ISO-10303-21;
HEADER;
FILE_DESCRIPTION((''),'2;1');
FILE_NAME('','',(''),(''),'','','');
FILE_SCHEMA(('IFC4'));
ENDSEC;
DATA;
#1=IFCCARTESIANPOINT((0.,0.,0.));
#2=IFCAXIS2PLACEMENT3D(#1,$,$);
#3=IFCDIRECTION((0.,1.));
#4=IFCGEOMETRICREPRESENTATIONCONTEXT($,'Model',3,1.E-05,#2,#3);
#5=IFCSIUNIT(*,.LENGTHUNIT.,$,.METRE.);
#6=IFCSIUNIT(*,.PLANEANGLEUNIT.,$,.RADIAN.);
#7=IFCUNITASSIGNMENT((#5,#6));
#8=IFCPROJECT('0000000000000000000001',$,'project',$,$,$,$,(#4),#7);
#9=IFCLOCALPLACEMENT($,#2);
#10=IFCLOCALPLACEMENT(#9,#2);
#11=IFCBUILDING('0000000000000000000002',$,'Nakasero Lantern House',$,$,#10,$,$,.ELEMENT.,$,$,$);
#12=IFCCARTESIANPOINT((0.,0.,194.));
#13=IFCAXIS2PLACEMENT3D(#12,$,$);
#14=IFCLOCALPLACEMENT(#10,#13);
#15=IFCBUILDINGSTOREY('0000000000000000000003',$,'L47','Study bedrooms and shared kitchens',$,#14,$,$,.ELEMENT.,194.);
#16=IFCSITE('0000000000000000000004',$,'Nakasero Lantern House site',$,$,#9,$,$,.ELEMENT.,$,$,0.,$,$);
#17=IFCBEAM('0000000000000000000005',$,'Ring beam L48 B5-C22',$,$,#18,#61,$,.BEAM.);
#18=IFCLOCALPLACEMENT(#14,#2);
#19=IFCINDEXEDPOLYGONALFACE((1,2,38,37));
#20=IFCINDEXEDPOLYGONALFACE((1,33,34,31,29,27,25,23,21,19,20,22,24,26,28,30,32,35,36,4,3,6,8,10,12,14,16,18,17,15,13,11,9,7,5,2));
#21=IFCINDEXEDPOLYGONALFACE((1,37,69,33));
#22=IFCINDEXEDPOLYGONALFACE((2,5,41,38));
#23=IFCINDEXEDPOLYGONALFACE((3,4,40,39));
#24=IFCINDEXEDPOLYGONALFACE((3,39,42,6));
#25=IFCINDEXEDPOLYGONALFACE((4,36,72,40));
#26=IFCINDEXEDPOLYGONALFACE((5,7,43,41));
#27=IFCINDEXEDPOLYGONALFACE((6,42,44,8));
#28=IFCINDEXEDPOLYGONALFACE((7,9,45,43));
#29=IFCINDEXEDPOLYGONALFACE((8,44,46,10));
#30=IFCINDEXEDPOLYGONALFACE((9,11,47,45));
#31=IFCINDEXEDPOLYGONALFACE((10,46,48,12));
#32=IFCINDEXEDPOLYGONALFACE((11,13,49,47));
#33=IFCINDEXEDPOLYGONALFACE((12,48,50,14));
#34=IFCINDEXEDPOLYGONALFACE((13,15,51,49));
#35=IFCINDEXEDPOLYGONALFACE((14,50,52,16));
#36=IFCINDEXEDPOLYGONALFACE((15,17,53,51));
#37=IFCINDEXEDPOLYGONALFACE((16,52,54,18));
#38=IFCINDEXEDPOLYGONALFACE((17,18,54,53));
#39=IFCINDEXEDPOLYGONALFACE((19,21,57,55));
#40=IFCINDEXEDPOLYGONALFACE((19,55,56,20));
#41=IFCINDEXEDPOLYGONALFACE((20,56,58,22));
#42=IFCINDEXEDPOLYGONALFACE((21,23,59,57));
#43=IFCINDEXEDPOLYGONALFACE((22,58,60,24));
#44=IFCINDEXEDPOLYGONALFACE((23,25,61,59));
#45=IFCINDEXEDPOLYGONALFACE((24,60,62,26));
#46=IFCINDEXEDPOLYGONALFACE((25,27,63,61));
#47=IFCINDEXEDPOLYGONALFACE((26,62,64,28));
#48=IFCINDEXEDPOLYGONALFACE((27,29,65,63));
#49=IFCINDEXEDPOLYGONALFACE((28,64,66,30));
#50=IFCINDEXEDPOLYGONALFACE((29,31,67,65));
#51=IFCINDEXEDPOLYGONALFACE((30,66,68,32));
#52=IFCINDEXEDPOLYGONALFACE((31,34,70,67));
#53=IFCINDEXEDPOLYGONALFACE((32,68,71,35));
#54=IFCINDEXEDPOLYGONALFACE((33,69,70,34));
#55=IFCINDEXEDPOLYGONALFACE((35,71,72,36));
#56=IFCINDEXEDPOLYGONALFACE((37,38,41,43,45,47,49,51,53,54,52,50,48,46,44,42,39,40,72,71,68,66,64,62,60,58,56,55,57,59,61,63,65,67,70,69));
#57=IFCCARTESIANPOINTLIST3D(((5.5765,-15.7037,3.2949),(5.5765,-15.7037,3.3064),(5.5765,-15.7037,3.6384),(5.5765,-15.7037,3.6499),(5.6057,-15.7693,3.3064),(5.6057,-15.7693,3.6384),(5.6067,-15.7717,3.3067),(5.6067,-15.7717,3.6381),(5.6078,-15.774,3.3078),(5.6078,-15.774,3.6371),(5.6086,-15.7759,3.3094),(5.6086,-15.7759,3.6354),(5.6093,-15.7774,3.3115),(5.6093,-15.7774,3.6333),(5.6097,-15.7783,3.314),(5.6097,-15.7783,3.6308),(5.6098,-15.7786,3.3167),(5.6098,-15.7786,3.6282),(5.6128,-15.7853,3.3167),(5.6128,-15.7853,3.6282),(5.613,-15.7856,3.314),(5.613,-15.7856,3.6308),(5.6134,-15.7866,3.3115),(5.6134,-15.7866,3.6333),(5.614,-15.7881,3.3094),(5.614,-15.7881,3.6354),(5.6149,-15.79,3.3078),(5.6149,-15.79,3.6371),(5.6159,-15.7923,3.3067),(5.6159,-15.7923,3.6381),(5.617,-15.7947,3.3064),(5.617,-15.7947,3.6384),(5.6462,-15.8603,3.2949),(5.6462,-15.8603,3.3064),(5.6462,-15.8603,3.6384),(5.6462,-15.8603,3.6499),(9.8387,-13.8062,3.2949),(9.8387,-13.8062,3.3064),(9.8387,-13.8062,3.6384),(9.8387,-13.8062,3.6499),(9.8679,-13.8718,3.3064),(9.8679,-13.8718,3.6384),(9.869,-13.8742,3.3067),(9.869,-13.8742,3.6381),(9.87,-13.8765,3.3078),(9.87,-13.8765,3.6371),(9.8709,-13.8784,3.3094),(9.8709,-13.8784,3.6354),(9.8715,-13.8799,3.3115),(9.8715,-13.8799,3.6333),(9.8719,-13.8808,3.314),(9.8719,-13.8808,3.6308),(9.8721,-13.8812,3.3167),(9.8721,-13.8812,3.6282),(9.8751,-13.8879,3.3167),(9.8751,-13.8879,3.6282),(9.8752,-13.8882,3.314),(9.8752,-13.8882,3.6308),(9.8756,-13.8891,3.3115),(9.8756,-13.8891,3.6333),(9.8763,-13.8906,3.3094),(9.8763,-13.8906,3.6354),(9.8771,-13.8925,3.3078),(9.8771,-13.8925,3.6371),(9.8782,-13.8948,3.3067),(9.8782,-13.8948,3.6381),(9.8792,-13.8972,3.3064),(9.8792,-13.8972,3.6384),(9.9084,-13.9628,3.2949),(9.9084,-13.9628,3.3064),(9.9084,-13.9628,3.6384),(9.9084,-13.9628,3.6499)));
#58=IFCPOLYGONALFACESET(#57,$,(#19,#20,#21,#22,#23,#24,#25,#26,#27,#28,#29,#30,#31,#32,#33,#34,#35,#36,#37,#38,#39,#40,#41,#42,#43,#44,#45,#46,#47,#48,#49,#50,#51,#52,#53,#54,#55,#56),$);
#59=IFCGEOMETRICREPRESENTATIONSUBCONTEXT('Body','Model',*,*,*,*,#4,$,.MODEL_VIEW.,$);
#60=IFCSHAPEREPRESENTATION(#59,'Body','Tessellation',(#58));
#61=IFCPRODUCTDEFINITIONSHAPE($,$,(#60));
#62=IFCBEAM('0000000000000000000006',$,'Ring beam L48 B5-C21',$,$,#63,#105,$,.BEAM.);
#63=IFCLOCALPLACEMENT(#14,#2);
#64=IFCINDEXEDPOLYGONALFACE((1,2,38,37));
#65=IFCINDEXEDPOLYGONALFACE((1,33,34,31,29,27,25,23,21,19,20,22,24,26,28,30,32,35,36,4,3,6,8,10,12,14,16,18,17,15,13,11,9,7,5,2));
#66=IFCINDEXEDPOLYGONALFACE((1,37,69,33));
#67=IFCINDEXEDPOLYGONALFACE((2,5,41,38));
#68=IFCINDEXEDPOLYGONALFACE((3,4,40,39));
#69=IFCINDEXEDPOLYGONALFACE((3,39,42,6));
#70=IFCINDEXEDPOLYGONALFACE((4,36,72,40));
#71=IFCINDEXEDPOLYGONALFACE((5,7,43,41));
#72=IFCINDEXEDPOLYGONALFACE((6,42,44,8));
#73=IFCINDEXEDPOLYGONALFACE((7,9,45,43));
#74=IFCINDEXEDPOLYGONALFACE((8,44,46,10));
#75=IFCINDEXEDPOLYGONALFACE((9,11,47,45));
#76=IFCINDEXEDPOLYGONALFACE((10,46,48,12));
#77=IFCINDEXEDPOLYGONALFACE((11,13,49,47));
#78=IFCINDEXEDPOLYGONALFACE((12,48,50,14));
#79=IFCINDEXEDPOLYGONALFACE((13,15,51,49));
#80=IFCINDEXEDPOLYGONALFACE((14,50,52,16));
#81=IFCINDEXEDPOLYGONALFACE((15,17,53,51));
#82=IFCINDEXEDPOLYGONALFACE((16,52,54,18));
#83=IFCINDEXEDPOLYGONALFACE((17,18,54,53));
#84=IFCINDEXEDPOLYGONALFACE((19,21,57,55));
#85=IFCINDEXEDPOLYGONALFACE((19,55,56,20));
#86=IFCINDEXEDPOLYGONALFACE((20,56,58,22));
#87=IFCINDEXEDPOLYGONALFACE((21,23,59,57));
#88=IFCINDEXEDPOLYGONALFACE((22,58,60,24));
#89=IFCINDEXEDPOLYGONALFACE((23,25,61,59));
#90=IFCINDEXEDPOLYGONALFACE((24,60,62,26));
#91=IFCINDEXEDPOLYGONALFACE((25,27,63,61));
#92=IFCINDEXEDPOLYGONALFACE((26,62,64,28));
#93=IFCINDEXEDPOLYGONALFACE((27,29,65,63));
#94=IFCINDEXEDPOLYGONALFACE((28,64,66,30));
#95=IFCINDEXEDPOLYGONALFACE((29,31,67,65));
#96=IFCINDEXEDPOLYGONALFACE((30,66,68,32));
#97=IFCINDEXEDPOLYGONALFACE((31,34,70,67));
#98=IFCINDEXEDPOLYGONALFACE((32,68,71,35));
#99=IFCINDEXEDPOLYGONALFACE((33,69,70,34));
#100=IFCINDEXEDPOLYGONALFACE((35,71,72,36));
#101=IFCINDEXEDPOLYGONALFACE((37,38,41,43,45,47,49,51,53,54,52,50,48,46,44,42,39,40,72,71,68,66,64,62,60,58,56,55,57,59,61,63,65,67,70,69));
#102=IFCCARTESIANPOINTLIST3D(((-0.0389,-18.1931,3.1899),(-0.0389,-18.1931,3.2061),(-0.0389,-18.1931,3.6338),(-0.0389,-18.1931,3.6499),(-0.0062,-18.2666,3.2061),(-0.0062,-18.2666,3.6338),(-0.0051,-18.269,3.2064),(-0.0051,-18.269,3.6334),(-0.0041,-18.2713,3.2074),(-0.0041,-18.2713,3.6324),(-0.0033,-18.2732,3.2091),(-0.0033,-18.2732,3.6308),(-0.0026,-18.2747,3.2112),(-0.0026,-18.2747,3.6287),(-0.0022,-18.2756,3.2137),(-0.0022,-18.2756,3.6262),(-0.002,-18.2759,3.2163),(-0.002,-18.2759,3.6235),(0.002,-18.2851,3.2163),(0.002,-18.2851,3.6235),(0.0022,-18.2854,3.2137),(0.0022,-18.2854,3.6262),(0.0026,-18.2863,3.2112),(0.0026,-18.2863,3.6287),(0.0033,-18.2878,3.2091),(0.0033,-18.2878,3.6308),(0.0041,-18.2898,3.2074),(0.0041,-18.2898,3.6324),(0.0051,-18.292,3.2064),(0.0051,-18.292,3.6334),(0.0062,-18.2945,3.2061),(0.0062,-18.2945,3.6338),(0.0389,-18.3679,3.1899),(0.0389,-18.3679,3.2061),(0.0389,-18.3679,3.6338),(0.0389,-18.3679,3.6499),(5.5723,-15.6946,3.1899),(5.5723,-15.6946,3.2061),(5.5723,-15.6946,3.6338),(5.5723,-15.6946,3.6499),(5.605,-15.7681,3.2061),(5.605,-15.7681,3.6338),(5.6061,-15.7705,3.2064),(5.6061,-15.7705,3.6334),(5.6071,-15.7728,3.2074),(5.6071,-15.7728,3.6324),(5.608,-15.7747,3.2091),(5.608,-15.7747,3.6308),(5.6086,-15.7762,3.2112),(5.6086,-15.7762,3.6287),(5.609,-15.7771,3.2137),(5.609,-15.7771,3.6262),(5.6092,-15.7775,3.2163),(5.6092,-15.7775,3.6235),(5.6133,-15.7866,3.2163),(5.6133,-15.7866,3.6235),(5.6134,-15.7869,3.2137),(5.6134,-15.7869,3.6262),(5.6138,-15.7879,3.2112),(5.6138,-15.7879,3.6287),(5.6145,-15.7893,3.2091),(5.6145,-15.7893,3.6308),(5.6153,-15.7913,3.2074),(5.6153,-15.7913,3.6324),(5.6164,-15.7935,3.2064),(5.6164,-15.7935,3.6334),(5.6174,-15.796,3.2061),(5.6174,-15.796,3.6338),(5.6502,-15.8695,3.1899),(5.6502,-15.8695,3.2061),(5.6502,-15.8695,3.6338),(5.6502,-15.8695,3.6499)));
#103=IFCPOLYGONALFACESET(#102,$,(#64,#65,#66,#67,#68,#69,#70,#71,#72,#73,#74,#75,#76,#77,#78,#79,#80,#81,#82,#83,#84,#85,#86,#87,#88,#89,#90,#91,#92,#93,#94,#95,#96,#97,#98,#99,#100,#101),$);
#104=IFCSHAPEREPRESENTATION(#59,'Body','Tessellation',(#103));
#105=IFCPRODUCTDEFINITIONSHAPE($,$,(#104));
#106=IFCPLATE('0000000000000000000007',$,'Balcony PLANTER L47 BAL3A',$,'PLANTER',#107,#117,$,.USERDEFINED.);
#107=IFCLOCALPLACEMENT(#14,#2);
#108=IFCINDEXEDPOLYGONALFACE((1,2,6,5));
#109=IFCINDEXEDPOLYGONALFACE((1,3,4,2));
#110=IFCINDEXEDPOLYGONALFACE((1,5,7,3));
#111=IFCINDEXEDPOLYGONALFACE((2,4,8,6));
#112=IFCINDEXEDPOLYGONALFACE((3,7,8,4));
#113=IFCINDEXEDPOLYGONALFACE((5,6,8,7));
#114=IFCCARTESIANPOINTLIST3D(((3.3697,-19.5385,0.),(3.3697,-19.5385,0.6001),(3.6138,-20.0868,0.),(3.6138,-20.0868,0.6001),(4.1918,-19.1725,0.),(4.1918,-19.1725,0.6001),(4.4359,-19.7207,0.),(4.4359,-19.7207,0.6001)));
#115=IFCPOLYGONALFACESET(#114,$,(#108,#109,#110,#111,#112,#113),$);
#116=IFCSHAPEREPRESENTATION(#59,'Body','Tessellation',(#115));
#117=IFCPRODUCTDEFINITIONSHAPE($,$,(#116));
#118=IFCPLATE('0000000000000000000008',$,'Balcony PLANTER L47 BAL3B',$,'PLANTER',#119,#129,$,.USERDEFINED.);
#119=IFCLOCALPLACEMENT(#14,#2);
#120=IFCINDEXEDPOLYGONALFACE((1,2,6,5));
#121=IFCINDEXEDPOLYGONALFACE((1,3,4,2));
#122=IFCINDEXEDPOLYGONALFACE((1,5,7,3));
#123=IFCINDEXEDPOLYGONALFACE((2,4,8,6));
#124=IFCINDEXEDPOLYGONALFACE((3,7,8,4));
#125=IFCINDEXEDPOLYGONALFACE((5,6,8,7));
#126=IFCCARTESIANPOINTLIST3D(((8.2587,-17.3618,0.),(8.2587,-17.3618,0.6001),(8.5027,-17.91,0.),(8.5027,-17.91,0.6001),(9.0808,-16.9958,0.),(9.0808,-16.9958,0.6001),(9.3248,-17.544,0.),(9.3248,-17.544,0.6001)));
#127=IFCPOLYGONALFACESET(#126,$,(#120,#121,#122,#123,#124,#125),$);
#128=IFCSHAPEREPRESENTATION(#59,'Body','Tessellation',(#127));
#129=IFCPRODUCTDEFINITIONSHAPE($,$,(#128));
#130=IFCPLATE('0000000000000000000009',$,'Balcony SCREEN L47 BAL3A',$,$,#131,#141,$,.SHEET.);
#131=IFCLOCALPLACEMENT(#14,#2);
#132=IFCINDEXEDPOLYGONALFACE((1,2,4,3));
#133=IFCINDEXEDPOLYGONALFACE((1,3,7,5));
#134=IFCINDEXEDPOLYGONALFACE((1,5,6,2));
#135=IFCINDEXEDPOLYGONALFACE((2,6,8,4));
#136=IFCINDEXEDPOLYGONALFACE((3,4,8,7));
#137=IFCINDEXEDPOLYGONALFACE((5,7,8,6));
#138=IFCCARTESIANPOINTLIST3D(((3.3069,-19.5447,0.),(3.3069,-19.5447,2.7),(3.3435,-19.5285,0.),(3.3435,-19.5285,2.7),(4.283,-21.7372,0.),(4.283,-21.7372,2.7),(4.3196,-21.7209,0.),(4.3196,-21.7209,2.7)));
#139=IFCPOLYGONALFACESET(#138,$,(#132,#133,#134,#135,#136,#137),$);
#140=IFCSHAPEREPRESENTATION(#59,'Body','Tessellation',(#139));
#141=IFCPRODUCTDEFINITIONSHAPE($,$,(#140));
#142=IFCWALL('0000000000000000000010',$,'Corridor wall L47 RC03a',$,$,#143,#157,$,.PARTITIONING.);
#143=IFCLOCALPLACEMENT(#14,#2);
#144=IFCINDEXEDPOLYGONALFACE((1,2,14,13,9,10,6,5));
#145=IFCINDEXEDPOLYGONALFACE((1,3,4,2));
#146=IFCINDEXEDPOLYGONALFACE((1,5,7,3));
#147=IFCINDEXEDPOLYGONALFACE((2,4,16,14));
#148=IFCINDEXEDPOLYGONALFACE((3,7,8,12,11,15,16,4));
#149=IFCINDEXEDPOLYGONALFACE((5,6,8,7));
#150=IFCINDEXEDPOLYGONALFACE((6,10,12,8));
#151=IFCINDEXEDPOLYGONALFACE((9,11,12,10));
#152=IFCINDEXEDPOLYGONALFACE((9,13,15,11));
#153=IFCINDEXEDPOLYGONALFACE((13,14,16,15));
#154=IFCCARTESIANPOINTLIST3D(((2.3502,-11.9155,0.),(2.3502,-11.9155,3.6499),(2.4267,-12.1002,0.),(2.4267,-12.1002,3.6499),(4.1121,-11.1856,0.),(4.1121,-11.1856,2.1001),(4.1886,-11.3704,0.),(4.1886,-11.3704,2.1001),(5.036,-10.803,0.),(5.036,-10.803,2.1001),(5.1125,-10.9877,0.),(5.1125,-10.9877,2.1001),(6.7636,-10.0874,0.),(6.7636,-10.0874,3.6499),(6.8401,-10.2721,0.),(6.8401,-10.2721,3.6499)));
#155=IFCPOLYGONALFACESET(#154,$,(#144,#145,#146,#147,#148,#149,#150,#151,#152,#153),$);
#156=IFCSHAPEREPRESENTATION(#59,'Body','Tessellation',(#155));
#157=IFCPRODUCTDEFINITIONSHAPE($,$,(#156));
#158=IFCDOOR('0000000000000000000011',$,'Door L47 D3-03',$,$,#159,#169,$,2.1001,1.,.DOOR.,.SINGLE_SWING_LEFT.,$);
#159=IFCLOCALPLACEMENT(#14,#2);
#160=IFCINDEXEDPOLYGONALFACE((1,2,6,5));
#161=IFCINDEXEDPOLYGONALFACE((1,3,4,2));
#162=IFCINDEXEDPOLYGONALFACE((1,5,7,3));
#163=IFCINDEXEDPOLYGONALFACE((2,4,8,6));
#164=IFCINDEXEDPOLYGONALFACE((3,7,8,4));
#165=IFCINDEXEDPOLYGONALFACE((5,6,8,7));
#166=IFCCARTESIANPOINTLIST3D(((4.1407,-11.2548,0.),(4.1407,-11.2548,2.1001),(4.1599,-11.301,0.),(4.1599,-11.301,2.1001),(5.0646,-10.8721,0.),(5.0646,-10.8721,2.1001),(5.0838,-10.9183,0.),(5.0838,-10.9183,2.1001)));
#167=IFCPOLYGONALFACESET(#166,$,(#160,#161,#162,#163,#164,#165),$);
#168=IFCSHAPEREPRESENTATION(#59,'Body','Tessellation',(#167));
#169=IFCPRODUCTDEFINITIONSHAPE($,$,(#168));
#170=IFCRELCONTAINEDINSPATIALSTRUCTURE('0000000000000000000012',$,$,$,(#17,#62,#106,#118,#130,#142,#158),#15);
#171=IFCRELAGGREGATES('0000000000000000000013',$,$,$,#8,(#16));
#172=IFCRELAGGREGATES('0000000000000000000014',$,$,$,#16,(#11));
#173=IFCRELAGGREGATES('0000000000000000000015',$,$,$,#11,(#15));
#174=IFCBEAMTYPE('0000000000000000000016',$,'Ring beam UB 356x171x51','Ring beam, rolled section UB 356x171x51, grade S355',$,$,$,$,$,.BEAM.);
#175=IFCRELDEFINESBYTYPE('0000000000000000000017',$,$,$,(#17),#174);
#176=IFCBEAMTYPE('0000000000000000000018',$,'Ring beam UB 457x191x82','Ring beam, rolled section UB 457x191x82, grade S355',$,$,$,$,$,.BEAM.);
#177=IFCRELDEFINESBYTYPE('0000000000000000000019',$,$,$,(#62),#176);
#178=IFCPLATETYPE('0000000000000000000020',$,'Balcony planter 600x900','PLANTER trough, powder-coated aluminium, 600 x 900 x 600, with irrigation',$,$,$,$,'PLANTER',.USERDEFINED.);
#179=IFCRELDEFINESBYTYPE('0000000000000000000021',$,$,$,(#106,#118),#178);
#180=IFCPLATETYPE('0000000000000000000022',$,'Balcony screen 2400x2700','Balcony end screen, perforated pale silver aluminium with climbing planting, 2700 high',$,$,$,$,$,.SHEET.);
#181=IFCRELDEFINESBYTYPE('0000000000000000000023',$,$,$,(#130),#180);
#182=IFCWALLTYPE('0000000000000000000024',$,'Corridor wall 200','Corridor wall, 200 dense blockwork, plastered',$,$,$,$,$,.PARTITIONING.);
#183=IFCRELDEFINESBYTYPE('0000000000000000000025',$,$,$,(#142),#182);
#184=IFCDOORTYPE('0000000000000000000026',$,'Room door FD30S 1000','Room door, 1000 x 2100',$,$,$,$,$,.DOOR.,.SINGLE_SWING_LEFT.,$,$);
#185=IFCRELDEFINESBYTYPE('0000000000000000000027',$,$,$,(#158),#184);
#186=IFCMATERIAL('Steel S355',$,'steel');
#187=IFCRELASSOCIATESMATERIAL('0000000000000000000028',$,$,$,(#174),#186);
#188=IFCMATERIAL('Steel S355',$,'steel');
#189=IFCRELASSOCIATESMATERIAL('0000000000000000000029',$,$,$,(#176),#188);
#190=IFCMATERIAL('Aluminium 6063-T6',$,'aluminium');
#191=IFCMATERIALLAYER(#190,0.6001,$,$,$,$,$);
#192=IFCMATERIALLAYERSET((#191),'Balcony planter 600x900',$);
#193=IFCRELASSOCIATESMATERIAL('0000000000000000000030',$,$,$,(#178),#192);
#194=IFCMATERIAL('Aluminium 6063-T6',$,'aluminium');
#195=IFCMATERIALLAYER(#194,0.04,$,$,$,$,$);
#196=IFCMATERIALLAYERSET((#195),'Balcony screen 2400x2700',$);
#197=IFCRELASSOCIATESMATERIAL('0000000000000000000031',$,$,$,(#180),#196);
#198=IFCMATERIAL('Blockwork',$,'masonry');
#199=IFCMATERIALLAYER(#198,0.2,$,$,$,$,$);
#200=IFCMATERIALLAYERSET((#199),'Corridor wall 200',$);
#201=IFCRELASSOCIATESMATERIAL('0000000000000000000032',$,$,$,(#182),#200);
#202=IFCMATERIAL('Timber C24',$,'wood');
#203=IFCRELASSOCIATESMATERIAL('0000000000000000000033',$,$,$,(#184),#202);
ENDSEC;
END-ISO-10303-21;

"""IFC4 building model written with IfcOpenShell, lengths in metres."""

from ifc_helpers import new_model, si_unit, direction, frame, frame_2d, origin, origin_2d, place, context, subcontext, project, spatial, rectangle, i_section, extrude, material, layer, layer_set, material_profile, profile_set, type_object, element, fill, save


model = new_model("IFC4")

# Units and contexts
model_context = context("Model", 3, precision=1e-05, world=origin(), true_north=direction((0.0, 1.0)))
body_context = subcontext(model_context, "Body", "Model", "MODEL_VIEW")
ifc_project = project(units=[si_unit("LENGTHUNIT", "METRE"), si_unit("PLANEANGLEUNIT", "RADIAN")], contexts=[model_context])

# Site, building, storey
site_placement = place(None, origin())
site = spatial("IfcSite", under=ifc_project, at=site_placement, Name="Nakasero Lantern House site", CompositionType="ELEMENT", RefElevation=0.0)
building_placement = place(site_placement, origin())
building = spatial("IfcBuilding", under=site, at=building_placement, Name="Nakasero Lantern House", CompositionType="ELEMENT")
storey_placement = place(building_placement, frame((0.0, 0.0, 194.0)))
storey = spatial("IfcBuildingStorey", under=building, at=storey_placement, Name="L47", Description="Study bedrooms and shared kitchens", CompositionType="ELEMENT", Elevation=194.0)

# Beams
ifc_material_1 = material(Name="Steel S355", Category="steel")
ifc_material_profile_1 = material_profile(ifc_material_1, i_section(OverallWidth=0.1714, OverallDepth=0.355, WebThickness=0.0073, FlangeThickness=0.0115, FilletRadius=0.0103, at=origin_2d()), Name="UB 356x171x51")
ifc_profile_set_1 = profile_set([ifc_material_profile_1], Name="Steel S355")
beam_type_1 = type_object("IfcBeamType", Name="Ring beam UB 356x171x51", Description="Ring beam, rolled section UB 356x171x51, grade S355", PredefinedType="BEAM", material=ifc_profile_set_1)
beam_1_placement = place(storey_placement, frame((5.6113, -15.782, 3.4724), z_axis=(0.913561, 0.406702, 0.0), x_axis=(-0.406702, 0.913561, 0.0)))
element("IfcBeam", 1, at=beam_1_placement, inside=storey, type_object=beam_type_1, Name="Ring beam L48 B5-C22", PredefinedType="BEAM", context=body_context, shape_type="SweptSolid", body=[
    extrude(i_section(OverallWidth=0.1714, OverallDepth=0.355, WebThickness=0.0073, FlangeThickness=0.0115, FilletRadius=0.0103, at=origin_2d()), origin(), (0.0, 0.0, 1.0), 4.6655),
])
ifc_material_2 = material(Name="Steel S355", Category="steel")
ifc_material_profile_2 = material_profile(ifc_material_2, i_section(OverallWidth=0.1914, OverallDepth=0.46, WebThickness=0.01, FlangeThickness=0.0161, FilletRadius=0.0103, at=origin_2d()), Name="UB 457x191x82")
ifc_profile_set_2 = profile_set([ifc_material_profile_2], Name="Steel S355")
beam_type_2 = type_object("IfcBeamType", Name="Ring beam UB 457x191x82", Description="Ring beam, rolled section UB 457x191x82, grade S355", PredefinedType="BEAM", material=ifc_profile_set_2)
beam_2_placement = place(storey_placement, frame((0.0, -18.2805, 3.4199), z_axis=(0.913533, 0.406765, 0.0), x_axis=(-0.406765, 0.913533, 0.0)))
element("IfcBeam", 2, at=beam_2_placement, inside=storey, type_object=beam_type_2, Name="Ring beam L48 B5-C21", PredefinedType="BEAM", context=body_context, shape_type="SweptSolid", body=[
    extrude(i_section(OverallWidth=0.1914, OverallDepth=0.46, WebThickness=0.01, FlangeThickness=0.0161, FilletRadius=0.0103, at=origin_2d()), origin(), (0.0, 0.0, 1.0), 6.1423),
])

# Plates
ifc_material_3 = material(Name="Aluminium 6063-T6", Category="aluminium")
ifc_layer_1 = layer(ifc_material_3, 0.6001)
ifc_layer_set_1 = layer_set([ifc_layer_1], Name="Balcony planter 600x900")
plate_type_1 = type_object("IfcPlateType", Name="Balcony planter 600x900", Description="PLANTER trough, powder-coated aluminium, 600 x 900 x 600, with irrigation", ElementType="PLANTER", PredefinedType="USERDEFINED", material=ifc_layer_set_1)
for number, where, z_axis, x_axis, name in (
    (3, (3.9028, -19.6296, 0.0), (0.0, 0.0, 1.0), (0.406737, -0.913545, 0.0), "Balcony PLANTER L47 BAL3A"),
    (4, (8.7917, -17.4529, 0.0), (0.0, 0.0, 1.0), (0.406737, -0.913545, 0.0), "Balcony PLANTER L47 BAL3B"),
):
    element("IfcPlate", number, at=place(storey_placement, frame(where, z_axis=z_axis, x_axis=x_axis)), inside=storey, type_object=plate_type_1, Name=name, ObjectType="PLANTER", PredefinedType="USERDEFINED", context=body_context, shape_type="SweptSolid", body=[
        extrude(rectangle(XDim=0.6001, YDim=0.8999, at=origin_2d()), origin(), (0.0, 0.0, 1.0), 0.6001),
    ])
ifc_material_4 = material(Name="Aluminium 6063-T6", Category="aluminium")
ifc_layer_2 = layer(ifc_material_4, 0.04)
ifc_layer_set_2 = layer_set([ifc_layer_2], Name="Balcony screen 2400x2700")
plate_type_2 = type_object("IfcPlateType", Name="Balcony screen 2400x2700", Description="Balcony end screen, perforated pale silver aluminium with climbing planting, 2700 high", PredefinedType="SHEET", material=ifc_layer_set_2)
plate_placement = place(storey_placement, frame((3.8132, -20.6328, 0.0), z_axis=(0.0, 0.0, 1.0), x_axis=(0.406737, -0.913545, 0.0)))
element("IfcPlate", 5, at=plate_placement, inside=storey, type_object=plate_type_2, Name="Balcony SCREEN L47 BAL3A", PredefinedType="SHEET", context=body_context, shape_type="SweptSolid", body=[
    extrude(rectangle(XDim=2.3999, YDim=0.04, at=origin_2d()), origin(), (0.0, 0.0, 1.0), 2.7),
])

# Wall, opening, door
ifc_material_5 = material(Name="Blockwork", Category="masonry")
ifc_layer_3 = layer(ifc_material_5, 0.2)
ifc_layer_set_3 = layer_set([ifc_layer_3], Name="Corridor wall 200")
wall_type_1 = type_object("IfcWallType", Name="Corridor wall 200", Description="Corridor wall, 200 dense blockwork, plastered", PredefinedType="PARTITIONING", material=ifc_layer_set_3)
wall_1_placement = place(storey_placement, frame((6.802, -10.1797, 0.0), z_axis=(0.0, 0.0, 1.0), x_axis=(-0.923882, -0.382677, 0.0)))
wall_1 = element("IfcWall", 6, at=wall_1_placement, inside=storey, type_object=wall_type_1, Name="Corridor wall L47 RC03a", PredefinedType="PARTITIONING", context=body_context, shape_type="SweptSolid", body=[
    extrude(rectangle(XDim=4.7771, YDim=0.2, at=frame_2d((2.3887, 0.0))), origin(), (0.0, 0.0, 1.0), 3.6499),
])
opening_1_placement = place(wall_1_placement, frame((1.8701, 0.0, 0.0)))
opening_1 = element("IfcOpeningElement", 7, at=opening_1_placement, cuts=wall_1, PredefinedType="OPENING", context=body_context, shape_type="SweptSolid", body=[
    extrude(rectangle(XDim=1.0, YDim=2.1001, at=frame_2d((0.5, 1.05))), frame((0.0, 0.1199, 0.0), z_axis=(0.0, -1.0, 0.0), x_axis=(1.0, 0.0, 0.0)), (0.0, 0.0, 1.0), 0.24),
])
ifc_material_6 = material(Name="Timber C24", Category="wood")
door_type_1 = type_object("IfcDoorType", Name="Room door FD30S 1000", Description="Room door, 1000 x 2100", OperationType="SINGLE_SWING_LEFT", PredefinedType="DOOR", material=ifc_material_6)
door_1_placement = place(opening_1_placement, origin())
door_1 = element("IfcDoor", 8, at=door_1_placement, inside=storey, type_object=door_type_1, Name="Door L47 D3-03", OperationType="SINGLE_SWING_LEFT", OverallHeight=2.1001, OverallWidth=1.0, PredefinedType="DOOR", context=body_context, shape_type="SweptSolid", body=[
    extrude(rectangle(XDim=1.0, YDim=2.1001, at=frame_2d((0.5, 1.05))), frame((0.0, 0.0249, 0.0), z_axis=(0.0, -1.0, 0.0), x_axis=(1.0, 0.0, 0.0)), (0.0, 0.0, 1.0), 0.05),
])
fill(opening_1, door_1)

save(model, "model.ifc")
